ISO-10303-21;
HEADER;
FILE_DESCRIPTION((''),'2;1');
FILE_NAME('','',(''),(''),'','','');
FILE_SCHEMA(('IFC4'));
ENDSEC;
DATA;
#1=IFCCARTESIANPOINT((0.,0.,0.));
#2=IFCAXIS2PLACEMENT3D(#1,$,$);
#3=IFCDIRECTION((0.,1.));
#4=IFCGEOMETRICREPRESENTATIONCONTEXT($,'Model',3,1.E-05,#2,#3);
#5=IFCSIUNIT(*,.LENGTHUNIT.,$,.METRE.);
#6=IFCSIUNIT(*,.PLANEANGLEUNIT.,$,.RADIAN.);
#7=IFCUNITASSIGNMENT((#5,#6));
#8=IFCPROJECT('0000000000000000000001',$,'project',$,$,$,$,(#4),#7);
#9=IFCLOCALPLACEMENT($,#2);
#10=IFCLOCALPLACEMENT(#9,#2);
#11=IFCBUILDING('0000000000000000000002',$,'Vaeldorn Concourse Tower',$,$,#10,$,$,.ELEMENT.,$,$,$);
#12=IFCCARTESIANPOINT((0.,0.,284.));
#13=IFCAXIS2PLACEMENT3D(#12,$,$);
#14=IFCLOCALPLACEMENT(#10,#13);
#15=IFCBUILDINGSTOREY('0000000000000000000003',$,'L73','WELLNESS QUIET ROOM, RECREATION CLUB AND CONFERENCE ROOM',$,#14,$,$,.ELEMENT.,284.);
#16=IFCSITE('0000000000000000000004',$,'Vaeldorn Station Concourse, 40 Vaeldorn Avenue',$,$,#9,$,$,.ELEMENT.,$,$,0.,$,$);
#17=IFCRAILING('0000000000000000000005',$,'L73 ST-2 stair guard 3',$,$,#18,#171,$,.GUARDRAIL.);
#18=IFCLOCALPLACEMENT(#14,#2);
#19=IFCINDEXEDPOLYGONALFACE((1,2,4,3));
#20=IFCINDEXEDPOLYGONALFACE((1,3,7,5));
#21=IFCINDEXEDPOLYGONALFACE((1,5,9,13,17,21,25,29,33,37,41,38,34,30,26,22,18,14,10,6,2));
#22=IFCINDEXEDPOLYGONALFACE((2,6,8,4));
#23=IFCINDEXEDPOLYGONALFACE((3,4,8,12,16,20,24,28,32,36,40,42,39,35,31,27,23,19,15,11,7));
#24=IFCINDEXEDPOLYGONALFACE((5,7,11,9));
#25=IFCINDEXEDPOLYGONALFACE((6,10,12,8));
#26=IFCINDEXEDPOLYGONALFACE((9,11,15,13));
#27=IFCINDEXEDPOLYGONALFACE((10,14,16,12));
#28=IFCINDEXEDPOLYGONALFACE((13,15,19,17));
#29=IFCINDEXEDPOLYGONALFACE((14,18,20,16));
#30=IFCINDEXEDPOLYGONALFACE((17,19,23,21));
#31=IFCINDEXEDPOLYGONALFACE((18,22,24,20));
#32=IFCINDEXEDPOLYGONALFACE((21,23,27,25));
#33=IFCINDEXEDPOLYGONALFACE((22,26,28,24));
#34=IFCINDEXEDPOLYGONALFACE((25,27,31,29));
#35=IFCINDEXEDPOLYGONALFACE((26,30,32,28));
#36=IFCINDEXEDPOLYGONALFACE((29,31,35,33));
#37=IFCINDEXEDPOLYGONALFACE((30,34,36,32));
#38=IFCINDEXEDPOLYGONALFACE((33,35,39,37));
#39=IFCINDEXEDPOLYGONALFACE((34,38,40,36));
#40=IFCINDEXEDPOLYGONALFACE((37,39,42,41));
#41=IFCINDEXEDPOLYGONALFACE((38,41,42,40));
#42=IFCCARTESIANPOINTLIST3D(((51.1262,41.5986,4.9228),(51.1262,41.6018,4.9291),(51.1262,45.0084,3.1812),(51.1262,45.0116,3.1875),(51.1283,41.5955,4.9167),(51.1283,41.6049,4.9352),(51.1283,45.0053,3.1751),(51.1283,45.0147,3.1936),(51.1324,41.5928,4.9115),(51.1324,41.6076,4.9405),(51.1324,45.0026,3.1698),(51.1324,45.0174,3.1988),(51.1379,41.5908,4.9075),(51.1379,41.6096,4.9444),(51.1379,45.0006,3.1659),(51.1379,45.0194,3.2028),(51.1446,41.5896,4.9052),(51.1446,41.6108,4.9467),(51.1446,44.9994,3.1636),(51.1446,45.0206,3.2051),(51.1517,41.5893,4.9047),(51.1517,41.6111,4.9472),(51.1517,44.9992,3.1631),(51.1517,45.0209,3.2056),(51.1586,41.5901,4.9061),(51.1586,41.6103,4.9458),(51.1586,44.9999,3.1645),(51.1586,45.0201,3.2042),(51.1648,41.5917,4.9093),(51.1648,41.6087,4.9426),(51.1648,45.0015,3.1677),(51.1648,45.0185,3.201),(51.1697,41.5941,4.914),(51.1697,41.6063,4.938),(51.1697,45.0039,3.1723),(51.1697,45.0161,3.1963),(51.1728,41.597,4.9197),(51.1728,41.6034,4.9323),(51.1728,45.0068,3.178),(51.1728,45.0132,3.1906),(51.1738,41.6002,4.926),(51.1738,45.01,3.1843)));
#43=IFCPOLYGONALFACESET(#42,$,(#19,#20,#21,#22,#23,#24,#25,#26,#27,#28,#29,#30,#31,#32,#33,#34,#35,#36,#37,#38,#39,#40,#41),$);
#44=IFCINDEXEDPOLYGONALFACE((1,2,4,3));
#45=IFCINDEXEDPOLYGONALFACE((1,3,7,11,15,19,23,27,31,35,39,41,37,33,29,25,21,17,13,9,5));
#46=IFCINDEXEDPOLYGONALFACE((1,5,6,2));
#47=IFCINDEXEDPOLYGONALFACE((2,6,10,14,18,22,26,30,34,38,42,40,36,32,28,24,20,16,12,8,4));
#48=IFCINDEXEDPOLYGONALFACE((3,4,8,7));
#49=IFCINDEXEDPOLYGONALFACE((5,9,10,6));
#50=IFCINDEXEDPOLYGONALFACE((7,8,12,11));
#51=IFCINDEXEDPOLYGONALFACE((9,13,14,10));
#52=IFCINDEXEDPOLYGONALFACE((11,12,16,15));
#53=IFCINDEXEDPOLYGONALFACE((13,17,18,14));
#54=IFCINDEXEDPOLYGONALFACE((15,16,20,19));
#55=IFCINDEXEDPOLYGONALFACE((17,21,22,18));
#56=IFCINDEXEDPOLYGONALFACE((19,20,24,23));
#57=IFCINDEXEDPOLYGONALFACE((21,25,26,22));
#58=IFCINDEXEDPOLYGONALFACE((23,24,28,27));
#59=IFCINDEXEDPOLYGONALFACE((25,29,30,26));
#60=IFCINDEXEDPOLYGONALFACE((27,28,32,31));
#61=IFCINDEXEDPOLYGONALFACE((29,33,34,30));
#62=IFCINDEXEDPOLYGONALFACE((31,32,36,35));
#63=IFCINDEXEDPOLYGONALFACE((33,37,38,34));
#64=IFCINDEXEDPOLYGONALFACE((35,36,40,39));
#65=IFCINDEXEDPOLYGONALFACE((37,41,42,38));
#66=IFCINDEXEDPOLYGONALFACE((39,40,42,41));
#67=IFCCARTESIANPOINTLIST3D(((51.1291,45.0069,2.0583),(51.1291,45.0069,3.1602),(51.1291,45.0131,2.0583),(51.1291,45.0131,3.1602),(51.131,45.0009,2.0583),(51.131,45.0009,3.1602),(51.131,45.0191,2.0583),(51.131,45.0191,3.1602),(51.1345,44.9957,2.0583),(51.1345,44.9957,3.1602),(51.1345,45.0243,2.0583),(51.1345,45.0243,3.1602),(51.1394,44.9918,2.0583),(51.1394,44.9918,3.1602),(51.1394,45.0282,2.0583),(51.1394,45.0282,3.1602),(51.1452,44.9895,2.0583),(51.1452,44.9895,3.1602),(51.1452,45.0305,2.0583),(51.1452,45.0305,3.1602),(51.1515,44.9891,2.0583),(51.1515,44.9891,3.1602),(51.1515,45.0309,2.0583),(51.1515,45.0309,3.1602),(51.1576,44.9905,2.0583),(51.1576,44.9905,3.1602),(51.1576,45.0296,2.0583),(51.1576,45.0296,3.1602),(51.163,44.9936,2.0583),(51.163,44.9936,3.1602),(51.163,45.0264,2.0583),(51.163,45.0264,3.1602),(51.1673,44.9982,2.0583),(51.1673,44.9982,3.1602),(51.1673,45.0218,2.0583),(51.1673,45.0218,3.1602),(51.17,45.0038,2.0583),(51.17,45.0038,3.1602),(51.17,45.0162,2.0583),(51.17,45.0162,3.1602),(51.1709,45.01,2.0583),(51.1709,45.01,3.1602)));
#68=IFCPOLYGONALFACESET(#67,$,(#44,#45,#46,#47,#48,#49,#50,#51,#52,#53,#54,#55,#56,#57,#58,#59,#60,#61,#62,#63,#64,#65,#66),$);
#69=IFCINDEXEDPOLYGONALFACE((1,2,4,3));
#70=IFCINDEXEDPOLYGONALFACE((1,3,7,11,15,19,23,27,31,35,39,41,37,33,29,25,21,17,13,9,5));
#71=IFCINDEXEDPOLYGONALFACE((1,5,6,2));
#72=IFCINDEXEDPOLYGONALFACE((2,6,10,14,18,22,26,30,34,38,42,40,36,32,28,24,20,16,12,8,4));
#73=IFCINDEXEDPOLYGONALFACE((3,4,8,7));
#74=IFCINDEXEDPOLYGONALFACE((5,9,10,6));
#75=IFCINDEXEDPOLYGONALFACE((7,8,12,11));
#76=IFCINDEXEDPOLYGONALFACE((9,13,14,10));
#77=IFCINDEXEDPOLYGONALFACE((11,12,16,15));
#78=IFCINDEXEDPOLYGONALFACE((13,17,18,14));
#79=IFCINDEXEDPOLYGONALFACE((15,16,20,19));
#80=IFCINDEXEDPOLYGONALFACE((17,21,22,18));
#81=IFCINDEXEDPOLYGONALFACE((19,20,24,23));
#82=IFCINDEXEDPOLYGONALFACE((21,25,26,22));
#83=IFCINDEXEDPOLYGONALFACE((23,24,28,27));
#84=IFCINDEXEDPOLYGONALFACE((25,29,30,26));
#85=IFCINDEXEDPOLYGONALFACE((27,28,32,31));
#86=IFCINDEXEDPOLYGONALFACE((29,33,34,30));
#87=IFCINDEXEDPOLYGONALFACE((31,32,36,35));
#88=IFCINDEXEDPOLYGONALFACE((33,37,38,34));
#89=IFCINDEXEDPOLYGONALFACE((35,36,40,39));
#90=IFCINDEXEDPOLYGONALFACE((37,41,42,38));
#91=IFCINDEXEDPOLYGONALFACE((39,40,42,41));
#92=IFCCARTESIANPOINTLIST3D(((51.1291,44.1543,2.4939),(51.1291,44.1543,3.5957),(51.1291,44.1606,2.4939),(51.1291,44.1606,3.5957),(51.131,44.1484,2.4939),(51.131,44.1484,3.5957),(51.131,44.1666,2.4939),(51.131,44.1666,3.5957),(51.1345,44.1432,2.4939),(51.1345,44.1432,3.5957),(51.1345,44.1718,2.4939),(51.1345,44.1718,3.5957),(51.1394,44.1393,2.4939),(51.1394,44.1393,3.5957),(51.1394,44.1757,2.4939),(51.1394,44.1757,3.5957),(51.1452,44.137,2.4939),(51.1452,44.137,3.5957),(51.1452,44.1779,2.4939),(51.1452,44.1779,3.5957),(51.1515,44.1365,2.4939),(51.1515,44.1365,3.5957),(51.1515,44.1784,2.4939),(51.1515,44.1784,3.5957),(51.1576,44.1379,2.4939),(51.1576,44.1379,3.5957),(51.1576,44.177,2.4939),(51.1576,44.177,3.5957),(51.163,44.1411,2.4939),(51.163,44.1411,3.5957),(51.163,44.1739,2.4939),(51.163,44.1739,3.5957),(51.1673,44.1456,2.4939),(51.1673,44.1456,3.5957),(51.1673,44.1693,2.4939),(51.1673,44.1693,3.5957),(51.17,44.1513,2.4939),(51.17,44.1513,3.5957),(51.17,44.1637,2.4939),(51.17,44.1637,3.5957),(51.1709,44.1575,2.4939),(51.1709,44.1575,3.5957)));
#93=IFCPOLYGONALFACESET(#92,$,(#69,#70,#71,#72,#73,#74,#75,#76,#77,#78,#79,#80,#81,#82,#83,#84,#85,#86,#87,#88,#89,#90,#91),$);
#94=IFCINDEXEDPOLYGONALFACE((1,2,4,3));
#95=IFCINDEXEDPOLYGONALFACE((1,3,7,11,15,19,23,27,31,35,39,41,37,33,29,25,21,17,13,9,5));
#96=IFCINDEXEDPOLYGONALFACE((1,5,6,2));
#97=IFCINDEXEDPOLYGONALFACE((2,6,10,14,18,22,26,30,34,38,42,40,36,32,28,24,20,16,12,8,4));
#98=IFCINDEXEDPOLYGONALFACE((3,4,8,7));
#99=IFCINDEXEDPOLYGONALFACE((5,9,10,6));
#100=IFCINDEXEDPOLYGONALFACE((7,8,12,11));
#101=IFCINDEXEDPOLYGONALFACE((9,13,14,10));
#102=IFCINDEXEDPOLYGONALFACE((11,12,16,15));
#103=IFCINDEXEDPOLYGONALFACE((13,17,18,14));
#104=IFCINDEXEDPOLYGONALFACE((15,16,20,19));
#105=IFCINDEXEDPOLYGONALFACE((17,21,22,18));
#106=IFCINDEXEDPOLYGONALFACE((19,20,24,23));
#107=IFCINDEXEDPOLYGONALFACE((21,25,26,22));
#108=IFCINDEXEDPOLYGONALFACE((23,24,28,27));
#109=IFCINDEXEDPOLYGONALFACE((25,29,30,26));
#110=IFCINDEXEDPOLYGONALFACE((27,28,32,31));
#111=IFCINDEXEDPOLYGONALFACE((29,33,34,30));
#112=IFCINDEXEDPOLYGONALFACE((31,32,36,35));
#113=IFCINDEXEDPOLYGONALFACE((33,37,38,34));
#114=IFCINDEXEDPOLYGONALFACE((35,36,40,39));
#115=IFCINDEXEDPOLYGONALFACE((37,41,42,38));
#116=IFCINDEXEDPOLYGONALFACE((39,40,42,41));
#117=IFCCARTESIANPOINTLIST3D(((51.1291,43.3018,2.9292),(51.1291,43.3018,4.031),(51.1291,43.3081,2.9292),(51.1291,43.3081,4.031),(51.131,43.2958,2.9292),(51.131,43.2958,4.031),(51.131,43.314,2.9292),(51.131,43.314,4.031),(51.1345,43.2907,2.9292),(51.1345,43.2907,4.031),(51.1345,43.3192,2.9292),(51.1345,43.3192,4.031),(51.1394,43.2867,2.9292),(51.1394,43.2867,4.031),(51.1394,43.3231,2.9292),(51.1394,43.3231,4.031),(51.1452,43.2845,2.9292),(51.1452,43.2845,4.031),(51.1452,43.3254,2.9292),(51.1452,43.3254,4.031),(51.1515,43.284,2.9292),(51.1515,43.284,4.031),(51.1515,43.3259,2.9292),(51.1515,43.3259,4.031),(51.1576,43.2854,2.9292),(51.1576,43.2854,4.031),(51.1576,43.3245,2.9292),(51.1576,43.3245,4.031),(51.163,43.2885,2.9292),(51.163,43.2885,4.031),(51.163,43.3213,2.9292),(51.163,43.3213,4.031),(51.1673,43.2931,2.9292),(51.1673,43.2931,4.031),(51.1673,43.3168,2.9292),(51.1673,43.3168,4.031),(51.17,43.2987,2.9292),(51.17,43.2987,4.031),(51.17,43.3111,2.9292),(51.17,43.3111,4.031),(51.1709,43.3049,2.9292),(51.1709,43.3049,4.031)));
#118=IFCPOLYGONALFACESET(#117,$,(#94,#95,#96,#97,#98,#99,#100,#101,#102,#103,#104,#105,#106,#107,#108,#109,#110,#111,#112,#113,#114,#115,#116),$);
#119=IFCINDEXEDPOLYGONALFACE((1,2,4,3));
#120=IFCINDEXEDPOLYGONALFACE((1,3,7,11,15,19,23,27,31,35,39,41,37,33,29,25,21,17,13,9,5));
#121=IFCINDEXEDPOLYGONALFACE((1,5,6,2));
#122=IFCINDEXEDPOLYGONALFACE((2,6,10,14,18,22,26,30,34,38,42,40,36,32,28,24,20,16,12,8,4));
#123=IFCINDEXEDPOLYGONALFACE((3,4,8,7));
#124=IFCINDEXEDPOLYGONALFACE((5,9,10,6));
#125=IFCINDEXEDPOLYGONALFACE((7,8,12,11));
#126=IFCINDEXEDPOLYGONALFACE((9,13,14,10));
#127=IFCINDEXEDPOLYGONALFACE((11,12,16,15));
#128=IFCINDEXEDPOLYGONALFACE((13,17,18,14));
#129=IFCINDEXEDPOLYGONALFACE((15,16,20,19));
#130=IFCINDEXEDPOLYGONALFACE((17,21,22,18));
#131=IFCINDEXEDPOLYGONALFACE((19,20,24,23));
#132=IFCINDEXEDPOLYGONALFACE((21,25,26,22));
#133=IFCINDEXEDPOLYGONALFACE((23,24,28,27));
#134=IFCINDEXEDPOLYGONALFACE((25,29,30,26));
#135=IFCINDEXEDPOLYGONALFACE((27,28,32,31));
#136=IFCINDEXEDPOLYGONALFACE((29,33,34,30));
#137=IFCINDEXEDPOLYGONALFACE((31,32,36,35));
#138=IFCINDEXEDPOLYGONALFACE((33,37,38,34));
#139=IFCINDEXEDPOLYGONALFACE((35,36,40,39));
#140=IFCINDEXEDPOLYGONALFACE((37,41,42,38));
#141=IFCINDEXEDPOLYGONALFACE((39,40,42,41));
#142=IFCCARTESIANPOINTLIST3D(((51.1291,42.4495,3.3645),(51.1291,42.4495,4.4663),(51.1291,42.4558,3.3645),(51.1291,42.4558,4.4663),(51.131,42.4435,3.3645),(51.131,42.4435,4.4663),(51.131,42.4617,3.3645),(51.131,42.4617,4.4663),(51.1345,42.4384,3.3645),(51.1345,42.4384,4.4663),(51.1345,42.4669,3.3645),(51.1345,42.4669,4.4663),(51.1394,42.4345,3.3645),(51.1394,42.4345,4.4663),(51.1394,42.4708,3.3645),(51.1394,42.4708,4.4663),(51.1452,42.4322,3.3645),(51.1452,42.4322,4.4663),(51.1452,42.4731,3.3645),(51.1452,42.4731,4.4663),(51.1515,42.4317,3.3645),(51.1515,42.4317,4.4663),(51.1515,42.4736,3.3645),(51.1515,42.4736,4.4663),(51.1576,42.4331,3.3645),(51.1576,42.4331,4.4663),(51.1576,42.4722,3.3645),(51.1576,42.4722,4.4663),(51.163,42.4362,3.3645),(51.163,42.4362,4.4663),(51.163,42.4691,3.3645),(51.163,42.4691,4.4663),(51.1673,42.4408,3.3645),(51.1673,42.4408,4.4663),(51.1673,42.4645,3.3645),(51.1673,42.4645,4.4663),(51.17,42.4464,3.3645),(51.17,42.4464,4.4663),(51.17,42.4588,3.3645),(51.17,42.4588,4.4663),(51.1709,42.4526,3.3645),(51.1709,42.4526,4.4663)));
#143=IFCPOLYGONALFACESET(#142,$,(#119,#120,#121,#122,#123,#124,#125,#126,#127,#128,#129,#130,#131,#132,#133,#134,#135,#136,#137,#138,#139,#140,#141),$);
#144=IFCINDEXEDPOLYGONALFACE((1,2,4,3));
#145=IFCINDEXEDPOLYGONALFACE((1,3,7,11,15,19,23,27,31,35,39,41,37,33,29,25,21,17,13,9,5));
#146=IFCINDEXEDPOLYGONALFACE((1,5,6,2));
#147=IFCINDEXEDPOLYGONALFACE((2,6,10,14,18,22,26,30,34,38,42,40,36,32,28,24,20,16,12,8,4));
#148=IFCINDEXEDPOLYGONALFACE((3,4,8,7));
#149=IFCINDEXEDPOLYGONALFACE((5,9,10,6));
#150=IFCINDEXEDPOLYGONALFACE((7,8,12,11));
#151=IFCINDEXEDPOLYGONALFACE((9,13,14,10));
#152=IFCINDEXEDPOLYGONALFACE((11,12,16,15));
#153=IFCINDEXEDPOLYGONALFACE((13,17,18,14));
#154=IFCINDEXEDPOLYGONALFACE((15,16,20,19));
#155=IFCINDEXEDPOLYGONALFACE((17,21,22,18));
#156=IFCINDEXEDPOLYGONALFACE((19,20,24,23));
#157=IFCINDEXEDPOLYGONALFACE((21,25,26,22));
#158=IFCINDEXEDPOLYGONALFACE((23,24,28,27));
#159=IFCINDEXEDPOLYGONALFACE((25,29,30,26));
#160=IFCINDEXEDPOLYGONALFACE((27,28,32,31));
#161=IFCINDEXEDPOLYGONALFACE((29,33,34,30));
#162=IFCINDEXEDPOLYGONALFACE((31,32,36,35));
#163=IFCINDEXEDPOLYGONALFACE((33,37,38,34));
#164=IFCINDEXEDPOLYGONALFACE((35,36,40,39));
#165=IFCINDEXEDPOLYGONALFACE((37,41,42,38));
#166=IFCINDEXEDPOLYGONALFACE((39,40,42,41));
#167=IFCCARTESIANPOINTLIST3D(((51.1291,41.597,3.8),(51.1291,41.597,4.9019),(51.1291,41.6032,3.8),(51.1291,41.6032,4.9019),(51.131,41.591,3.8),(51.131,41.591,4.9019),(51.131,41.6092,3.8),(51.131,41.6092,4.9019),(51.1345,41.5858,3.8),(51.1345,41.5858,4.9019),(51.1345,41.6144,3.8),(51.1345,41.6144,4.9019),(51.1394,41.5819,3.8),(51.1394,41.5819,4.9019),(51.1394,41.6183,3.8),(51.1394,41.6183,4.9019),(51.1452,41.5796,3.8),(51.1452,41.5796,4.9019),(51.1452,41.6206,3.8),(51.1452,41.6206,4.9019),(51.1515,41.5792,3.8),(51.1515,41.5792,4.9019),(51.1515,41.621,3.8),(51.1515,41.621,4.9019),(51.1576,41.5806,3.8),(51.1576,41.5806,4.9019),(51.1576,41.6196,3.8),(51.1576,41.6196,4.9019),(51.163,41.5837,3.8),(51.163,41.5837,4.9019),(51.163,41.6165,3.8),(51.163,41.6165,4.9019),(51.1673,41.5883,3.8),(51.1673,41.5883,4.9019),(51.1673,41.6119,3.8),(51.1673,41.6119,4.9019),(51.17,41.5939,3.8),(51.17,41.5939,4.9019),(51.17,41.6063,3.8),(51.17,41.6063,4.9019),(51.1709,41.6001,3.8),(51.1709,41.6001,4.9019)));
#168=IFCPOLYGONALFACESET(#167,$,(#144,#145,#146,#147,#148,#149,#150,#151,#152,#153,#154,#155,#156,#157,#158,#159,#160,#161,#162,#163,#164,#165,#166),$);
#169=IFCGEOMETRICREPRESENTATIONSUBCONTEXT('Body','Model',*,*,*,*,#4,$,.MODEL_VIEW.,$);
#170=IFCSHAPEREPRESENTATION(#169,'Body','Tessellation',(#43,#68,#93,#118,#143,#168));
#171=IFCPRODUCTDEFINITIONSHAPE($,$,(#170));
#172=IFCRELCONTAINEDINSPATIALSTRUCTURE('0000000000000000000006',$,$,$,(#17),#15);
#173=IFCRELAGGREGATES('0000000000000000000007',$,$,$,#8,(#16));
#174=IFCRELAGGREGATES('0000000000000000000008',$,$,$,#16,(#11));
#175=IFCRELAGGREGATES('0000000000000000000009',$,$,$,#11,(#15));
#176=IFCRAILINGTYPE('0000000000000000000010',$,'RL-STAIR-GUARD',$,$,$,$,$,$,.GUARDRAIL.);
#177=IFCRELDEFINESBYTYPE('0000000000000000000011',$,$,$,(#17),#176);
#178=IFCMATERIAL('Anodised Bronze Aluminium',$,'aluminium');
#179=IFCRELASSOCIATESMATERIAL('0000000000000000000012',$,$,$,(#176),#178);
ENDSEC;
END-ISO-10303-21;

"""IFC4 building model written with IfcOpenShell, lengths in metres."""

from ifc_helpers import new_model, si_unit, direction, frame, origin, origin_2d, place, context, subcontext, project, spatial, circle, extrude, material, type_object, element, save


model = new_model("IFC4")

# Units and contexts
model_context = context("Model", 3, precision=1e-05, world=origin(), true_north=direction((0.0, 1.0)))
body_context = subcontext(model_context, "Body", "Model", "MODEL_VIEW")
ifc_project = project(units=[si_unit("LENGTHUNIT", "METRE"), si_unit("PLANEANGLEUNIT", "RADIAN")], contexts=[model_context])

# Site, building, storey
site_placement = place(None, origin())
site = spatial("IfcSite", under=ifc_project, at=site_placement, Name="Vaeldorn Station Concourse, 40 Vaeldorn Avenue", CompositionType="ELEMENT", RefElevation=0.0)
building_placement = place(site_placement, origin())
building = spatial("IfcBuilding", under=site, at=building_placement, Name="Vaeldorn Concourse Tower", CompositionType="ELEMENT")
storey_placement = place(building_placement, frame((0.0, 0.0, 284.0)))
storey = spatial("IfcBuildingStorey", under=building, at=storey_placement, Name="L73", Description="WELLNESS QUIET ROOM, RECREATION CLUB AND CONFERENCE ROOM", CompositionType="ELEMENT", Elevation=284.0)

# Shared definitions
ifc_material_1 = material(Name="Anodised Bronze Aluminium", Category="aluminium")

# Railing
railing_type_1 = type_object("IfcRailingType", Name="RL-STAIR-GUARD", PredefinedType="GUARDRAIL", material=ifc_material_1)
railing_1_placement = place(storey_placement, frame((51.1499, 45.01, 2.0583)))
element("IfcRailing", 1, at=railing_1_placement, inside=storey, type_object=railing_type_1, Name="L73 ST-2 stair guard 3", PredefinedType="GUARDRAIL", context=body_context, shape_type="SweptSolid", body=[
    extrude(circle(Radius=0.0239, at=origin_2d()), frame((0.0, 0.0, 1.126), z_axis=(0.0, -0.890556, 0.454874), x_axis=(1.0, 0.0, 0.0)), (0.0, 0.0, 1.0), 3.8289),
    extrude(circle(Radius=0.021, at=origin_2d()), origin(), (0.0, 0.0, 1.0), 1.1018),
    extrude(circle(Radius=0.021, at=origin_2d()), frame((0.0, -0.8525, 0.4355)), (0.0, 0.0, 1.0), 1.1018),
    extrude(circle(Radius=0.021, at=origin_2d()), frame((0.0, -1.7051, 0.8708)), (0.0, 0.0, 1.0), 1.1018),
    extrude(circle(Radius=0.021, at=origin_2d()), frame((0.0, -2.5574, 1.3062)), (0.0, 0.0, 1.0), 1.1018),
    extrude(circle(Radius=0.021, at=origin_2d()), frame((0.0, -3.4099, 1.7417)), (0.0, 0.0, 1.0), 1.1018),
])

save(model, "model.ifc")
